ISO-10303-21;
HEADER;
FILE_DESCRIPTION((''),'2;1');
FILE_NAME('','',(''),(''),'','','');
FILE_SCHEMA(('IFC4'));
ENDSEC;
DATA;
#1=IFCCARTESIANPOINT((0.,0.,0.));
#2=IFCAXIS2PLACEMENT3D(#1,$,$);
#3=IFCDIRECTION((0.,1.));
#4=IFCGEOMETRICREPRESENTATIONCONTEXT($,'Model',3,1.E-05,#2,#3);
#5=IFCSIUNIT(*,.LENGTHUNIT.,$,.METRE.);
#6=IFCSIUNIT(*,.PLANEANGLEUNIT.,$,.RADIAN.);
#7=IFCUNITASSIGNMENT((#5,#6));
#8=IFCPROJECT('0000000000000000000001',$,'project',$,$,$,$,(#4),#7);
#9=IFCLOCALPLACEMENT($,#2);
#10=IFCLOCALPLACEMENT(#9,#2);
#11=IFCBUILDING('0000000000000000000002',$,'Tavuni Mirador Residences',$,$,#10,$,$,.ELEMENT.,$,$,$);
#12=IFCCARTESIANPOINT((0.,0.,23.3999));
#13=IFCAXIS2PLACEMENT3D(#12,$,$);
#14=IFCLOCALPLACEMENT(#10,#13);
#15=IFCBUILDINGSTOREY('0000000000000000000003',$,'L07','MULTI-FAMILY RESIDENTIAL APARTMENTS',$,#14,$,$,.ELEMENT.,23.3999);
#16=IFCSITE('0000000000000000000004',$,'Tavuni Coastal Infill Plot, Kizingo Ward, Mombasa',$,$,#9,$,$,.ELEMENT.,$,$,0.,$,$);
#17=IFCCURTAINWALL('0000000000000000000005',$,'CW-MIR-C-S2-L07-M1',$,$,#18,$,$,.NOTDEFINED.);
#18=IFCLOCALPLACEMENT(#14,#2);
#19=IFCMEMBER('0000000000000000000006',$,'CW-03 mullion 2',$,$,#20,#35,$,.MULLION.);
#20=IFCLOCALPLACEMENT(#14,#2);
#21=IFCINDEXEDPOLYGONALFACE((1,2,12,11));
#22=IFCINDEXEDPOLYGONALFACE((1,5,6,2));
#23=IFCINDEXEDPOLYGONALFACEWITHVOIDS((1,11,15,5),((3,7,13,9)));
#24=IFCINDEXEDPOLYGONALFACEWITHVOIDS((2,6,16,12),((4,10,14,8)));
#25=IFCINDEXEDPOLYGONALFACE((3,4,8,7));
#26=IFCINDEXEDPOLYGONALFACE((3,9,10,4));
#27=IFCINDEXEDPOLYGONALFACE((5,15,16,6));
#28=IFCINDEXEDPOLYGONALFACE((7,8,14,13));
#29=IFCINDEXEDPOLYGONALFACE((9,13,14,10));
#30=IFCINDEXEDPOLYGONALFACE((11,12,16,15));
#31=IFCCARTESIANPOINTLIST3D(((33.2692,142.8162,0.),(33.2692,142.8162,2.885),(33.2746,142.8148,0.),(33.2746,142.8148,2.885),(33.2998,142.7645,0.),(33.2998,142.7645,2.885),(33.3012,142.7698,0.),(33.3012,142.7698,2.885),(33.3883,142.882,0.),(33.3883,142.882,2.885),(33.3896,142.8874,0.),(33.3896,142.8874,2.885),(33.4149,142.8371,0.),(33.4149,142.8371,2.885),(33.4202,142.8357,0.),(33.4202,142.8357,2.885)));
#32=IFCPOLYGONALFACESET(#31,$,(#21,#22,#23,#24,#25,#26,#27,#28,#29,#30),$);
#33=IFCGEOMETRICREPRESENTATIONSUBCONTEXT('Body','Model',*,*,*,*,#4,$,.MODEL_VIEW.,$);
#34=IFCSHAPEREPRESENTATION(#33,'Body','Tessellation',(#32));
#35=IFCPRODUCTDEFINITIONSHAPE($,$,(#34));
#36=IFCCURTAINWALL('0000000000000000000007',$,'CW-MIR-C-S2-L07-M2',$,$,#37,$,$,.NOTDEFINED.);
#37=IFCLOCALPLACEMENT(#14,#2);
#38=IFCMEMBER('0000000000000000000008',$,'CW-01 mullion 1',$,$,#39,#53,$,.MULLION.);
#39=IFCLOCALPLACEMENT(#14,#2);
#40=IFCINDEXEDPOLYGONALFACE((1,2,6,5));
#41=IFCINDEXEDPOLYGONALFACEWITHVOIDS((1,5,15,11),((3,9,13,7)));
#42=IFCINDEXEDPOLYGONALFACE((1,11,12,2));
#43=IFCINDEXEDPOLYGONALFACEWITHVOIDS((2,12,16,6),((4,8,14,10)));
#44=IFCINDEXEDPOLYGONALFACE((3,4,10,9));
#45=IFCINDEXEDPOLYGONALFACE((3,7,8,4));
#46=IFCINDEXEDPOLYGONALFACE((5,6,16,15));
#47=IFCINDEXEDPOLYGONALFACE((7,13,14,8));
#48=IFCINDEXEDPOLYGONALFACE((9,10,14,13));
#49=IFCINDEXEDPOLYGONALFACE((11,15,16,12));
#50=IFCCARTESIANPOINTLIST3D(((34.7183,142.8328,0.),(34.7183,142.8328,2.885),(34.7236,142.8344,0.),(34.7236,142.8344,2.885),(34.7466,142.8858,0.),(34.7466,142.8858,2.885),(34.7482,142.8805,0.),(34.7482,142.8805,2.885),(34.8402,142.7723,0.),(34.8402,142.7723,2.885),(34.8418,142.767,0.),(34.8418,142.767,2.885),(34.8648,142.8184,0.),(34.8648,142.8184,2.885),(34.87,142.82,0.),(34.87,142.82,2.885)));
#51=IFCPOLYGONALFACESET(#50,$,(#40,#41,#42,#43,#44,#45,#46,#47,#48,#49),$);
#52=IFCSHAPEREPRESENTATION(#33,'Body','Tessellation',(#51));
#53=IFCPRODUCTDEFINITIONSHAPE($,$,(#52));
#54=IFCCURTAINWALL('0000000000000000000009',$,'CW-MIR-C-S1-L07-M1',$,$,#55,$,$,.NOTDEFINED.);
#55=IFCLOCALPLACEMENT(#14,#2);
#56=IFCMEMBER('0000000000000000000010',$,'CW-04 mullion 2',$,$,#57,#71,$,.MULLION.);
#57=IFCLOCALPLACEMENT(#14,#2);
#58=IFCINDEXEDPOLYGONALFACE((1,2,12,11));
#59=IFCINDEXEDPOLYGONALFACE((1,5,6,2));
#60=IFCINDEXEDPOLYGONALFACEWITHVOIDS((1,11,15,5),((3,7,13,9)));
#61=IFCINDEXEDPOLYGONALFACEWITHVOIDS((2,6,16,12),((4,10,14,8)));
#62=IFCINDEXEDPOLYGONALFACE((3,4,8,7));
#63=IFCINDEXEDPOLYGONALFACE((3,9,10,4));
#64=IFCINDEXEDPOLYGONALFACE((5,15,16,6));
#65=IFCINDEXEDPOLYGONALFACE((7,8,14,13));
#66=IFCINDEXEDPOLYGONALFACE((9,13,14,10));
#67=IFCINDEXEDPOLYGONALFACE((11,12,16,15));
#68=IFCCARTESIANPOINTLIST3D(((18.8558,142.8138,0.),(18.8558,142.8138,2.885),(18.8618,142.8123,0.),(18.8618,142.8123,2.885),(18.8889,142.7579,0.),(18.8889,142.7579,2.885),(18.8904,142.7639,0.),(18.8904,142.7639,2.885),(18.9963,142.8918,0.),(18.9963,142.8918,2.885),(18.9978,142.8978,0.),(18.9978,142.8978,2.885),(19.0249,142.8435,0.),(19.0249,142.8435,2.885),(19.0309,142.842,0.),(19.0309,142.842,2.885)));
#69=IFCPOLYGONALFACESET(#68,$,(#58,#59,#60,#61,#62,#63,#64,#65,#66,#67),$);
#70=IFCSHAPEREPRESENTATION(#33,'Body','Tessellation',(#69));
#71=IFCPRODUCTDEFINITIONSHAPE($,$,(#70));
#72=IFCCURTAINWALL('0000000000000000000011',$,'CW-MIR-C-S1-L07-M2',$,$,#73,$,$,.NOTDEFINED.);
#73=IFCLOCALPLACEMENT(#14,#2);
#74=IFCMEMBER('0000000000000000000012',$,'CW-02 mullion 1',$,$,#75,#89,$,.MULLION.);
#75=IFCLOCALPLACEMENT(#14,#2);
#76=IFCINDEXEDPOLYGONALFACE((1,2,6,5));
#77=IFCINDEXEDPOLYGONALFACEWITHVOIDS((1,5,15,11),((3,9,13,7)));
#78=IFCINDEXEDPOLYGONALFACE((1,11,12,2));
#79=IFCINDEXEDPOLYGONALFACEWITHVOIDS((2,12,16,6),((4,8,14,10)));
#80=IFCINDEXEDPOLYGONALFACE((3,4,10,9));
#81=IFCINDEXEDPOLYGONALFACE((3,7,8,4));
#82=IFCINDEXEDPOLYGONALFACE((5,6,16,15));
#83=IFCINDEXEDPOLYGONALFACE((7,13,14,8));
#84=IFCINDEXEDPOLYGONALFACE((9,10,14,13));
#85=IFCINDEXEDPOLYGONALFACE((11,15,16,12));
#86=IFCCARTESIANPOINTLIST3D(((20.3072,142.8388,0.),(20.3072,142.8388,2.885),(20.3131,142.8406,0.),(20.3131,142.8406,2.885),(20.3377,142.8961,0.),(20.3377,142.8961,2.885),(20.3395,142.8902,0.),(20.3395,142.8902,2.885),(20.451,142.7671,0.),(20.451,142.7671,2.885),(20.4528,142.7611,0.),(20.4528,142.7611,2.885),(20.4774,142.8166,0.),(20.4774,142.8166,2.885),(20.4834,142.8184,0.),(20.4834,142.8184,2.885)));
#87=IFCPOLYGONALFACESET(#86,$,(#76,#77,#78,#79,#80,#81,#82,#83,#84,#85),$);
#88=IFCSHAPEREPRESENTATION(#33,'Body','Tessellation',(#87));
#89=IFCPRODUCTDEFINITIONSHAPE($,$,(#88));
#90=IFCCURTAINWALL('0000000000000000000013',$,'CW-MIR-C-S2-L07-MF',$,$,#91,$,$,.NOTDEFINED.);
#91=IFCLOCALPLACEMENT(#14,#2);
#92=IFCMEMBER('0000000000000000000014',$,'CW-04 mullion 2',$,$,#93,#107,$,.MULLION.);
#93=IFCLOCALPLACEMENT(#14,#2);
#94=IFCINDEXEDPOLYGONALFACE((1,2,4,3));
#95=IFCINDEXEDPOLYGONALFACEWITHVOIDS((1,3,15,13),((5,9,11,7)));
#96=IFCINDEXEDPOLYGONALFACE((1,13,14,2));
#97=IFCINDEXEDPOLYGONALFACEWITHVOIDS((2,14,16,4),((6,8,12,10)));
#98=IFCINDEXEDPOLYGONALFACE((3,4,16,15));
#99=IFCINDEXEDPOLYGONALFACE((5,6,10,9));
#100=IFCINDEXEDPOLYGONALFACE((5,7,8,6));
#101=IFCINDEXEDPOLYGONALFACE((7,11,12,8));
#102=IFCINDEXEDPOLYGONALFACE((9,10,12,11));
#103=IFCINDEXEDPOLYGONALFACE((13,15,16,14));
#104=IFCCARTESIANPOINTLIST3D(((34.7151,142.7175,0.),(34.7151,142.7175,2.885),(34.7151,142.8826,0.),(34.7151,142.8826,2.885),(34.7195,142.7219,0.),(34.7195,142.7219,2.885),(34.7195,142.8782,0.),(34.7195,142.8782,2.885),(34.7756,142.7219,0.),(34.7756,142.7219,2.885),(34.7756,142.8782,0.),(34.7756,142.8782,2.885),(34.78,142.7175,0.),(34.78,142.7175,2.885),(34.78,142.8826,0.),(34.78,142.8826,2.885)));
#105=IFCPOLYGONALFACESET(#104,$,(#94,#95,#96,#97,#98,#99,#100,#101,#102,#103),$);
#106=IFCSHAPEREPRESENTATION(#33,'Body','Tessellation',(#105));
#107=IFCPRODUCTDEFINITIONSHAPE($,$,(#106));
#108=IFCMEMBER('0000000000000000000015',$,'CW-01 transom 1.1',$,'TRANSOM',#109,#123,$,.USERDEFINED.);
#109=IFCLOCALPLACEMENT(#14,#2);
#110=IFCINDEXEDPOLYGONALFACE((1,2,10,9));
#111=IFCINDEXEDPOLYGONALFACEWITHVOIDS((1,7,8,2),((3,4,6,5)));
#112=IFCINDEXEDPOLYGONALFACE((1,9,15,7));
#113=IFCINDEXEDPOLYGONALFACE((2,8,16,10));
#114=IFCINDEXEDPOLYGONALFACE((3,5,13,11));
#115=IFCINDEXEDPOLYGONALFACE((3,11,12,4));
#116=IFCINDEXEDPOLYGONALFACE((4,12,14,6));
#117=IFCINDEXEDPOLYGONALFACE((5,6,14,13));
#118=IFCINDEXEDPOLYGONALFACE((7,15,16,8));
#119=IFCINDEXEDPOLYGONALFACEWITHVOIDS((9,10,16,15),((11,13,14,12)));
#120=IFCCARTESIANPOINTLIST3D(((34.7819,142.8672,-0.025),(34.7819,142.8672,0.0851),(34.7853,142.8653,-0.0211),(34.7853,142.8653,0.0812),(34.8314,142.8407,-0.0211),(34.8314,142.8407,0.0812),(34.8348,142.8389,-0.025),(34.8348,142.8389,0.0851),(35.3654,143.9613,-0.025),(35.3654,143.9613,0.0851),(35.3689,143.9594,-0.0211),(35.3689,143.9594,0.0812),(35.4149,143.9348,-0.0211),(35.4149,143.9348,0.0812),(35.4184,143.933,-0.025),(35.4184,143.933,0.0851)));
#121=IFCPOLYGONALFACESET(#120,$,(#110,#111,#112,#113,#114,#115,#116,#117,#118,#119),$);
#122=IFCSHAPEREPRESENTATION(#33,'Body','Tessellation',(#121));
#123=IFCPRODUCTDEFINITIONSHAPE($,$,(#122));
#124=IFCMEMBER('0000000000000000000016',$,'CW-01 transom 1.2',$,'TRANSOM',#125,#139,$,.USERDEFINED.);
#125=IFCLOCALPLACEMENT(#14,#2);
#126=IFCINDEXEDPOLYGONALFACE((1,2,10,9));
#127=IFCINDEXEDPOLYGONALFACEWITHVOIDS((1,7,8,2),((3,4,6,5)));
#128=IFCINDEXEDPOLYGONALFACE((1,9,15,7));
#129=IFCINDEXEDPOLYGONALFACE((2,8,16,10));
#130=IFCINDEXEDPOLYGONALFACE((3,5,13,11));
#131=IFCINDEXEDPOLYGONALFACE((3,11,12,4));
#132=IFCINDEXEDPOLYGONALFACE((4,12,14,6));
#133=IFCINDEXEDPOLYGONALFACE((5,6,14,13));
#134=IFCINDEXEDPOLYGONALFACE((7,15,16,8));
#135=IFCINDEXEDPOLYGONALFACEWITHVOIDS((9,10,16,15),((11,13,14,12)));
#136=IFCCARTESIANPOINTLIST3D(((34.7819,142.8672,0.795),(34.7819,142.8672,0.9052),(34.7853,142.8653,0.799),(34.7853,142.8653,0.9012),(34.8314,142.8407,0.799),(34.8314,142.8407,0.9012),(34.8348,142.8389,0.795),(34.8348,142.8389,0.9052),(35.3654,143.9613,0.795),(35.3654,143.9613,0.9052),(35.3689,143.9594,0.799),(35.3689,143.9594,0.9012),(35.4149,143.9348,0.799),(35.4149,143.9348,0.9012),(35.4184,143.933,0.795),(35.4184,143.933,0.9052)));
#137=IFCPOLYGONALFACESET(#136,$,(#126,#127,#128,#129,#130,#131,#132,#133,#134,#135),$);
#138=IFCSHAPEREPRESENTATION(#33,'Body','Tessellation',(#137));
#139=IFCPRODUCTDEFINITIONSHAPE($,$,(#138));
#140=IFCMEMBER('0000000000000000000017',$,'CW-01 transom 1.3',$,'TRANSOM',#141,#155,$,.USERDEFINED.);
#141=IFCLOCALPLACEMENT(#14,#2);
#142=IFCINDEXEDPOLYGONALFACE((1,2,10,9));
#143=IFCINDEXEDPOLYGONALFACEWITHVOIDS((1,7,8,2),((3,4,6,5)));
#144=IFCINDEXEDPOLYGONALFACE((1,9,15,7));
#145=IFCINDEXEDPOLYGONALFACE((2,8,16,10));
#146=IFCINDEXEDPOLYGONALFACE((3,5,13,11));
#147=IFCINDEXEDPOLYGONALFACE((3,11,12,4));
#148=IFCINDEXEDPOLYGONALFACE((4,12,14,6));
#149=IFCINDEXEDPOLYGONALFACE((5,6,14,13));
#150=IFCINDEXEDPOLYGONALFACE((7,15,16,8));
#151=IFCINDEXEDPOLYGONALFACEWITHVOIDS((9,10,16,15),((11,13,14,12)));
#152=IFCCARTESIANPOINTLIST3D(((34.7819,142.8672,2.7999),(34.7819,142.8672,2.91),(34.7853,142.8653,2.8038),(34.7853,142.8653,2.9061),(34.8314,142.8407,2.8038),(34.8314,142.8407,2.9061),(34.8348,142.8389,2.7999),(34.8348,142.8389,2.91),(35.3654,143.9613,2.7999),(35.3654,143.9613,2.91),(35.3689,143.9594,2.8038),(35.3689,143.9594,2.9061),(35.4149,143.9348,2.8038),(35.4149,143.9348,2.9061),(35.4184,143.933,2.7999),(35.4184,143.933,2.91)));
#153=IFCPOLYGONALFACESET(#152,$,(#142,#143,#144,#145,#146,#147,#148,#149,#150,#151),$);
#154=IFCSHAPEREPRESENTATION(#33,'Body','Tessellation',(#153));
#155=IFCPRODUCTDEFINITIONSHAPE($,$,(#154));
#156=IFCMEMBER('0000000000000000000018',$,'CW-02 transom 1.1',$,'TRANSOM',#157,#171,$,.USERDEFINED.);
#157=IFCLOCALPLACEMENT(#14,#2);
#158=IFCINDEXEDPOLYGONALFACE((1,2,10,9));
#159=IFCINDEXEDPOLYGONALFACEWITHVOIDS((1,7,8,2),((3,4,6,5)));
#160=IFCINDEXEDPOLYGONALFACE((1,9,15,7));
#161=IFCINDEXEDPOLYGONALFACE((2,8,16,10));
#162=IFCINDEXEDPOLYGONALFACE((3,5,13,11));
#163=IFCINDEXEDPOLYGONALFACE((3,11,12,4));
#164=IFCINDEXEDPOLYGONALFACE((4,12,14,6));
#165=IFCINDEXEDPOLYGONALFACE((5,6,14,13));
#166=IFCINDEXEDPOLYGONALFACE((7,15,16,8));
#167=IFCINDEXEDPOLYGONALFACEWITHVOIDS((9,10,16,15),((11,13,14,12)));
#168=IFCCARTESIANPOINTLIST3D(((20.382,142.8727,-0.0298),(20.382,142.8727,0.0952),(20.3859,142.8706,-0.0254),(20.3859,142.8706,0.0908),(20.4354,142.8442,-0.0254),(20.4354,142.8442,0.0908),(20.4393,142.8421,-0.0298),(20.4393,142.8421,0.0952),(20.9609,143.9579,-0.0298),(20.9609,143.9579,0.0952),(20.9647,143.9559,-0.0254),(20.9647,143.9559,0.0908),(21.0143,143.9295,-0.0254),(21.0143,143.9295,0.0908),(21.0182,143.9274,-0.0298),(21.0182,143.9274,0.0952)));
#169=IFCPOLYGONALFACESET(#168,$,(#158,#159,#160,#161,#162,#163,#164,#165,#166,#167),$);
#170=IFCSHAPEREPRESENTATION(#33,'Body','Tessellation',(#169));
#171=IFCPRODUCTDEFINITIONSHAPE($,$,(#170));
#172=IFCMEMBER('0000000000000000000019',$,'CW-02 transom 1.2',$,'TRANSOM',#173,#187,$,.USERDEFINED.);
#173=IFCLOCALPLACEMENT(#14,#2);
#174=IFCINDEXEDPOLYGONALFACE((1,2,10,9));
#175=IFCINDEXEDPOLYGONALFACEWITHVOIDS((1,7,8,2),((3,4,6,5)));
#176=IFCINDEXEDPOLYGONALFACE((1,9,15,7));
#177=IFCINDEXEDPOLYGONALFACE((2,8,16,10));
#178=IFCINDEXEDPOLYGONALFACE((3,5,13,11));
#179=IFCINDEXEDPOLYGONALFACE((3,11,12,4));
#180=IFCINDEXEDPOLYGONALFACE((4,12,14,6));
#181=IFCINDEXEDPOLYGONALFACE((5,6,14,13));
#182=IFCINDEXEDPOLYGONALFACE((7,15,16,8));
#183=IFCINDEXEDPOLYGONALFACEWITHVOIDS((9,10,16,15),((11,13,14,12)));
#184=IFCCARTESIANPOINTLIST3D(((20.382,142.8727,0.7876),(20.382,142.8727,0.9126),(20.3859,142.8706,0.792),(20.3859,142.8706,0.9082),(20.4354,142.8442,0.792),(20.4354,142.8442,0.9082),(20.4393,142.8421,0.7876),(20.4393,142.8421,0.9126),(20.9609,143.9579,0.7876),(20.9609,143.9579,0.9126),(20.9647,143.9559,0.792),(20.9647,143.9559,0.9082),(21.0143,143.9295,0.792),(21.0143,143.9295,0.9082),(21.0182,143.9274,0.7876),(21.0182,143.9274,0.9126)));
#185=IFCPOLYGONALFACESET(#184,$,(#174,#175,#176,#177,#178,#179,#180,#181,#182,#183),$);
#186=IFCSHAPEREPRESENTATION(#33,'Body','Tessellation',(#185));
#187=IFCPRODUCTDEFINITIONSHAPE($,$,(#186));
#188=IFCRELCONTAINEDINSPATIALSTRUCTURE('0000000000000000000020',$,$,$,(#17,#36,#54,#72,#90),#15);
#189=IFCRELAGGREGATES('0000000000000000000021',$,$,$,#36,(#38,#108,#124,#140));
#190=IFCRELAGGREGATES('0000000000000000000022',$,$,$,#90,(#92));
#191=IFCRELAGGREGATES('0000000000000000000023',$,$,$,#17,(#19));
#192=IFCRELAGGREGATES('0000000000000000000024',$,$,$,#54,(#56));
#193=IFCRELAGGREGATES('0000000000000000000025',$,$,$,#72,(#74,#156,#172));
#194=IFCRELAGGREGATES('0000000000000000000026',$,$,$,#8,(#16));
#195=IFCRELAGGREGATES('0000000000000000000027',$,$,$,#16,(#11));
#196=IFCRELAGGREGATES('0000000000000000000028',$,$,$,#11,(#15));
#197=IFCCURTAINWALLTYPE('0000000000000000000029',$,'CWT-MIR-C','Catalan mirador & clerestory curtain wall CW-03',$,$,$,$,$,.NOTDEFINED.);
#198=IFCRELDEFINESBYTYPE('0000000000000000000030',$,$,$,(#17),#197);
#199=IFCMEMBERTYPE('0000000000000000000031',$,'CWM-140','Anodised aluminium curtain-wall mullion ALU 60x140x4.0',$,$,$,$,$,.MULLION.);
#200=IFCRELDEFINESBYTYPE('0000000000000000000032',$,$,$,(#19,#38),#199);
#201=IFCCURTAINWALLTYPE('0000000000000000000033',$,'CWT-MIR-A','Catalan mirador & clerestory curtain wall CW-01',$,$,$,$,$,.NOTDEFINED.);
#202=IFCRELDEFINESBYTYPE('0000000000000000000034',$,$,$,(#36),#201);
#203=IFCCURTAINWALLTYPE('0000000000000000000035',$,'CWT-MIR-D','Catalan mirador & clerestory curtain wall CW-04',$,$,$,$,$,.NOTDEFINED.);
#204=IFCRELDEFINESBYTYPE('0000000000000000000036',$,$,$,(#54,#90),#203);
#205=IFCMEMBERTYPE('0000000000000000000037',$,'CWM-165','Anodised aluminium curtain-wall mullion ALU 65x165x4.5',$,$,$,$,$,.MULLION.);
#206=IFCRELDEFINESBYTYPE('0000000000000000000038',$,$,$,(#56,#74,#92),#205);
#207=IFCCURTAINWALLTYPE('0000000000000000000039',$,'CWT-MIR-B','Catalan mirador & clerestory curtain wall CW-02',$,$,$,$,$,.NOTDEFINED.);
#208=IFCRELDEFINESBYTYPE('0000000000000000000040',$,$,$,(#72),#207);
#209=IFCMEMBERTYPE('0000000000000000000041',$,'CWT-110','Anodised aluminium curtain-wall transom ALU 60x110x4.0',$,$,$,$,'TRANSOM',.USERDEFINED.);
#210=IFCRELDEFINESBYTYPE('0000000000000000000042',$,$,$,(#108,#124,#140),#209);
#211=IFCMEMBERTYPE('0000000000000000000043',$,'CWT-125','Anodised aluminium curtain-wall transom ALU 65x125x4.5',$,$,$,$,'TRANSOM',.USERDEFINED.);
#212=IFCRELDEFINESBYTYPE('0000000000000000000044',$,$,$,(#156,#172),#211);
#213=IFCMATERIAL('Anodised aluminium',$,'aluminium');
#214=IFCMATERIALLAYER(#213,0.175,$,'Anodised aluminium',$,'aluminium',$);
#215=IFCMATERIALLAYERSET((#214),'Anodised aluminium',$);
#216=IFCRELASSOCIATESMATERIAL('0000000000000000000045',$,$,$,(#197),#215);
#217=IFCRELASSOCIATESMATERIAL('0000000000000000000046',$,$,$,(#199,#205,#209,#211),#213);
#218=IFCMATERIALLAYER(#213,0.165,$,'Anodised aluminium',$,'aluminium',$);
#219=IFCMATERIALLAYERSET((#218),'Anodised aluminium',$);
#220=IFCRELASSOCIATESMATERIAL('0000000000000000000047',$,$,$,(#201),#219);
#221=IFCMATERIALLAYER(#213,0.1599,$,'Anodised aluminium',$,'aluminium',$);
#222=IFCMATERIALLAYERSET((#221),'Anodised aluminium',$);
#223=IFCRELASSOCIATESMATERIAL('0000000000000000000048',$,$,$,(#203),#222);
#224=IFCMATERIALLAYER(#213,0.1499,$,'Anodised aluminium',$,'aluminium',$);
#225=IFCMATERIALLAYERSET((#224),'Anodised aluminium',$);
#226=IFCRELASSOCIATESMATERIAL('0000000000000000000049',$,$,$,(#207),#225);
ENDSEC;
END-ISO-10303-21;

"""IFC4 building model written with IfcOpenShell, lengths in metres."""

from ifc_helpers import new_model, si_unit, direction, frame, origin, origin_2d, place, context, subcontext, project, spatial, hollow_rectangle, extrude, material, layer, layer_set, material_profile, profile_set, type_object, element, aggregate, save


model = new_model("IFC4")

# Units and contexts
model_context = context("Model", 3, precision=1e-05, world=origin(), true_north=direction((0.0, 1.0)))
body_context = subcontext(model_context, "Body", "Model", "MODEL_VIEW")
ifc_project = project(units=[si_unit("LENGTHUNIT", "METRE"), si_unit("PLANEANGLEUNIT", "RADIAN")], contexts=[model_context])

# Site, building, storey
site_placement = place(None, origin())
site = spatial("IfcSite", under=ifc_project, at=site_placement, Name="Tavuni Coastal Infill Plot, Kizingo Ward, Mombasa", CompositionType="ELEMENT", RefElevation=0.0)
building_placement = place(site_placement, origin())
building = spatial("IfcBuilding", under=site, at=building_placement, Name="Tavuni Mirador Residences", CompositionType="ELEMENT")
storey_placement = place(building_placement, frame((0.0, 0.0, 23.3999)))
storey = spatial("IfcBuildingStorey", under=building, at=storey_placement, Name="L07", Description="MULTI-FAMILY RESIDENTIAL APARTMENTS", CompositionType="ELEMENT", Elevation=23.3999)

# Curtain walls, members
ifc_material_1 = material(Name="Anodised aluminium", Category="aluminium")
ifc_layer_1 = layer(ifc_material_1, 0.175, Name="Anodised aluminium", Category="aluminium")
ifc_layer_set_1 = layer_set([ifc_layer_1], Name="Anodised aluminium")
curtain_wall_type_1 = type_object("IfcCurtainWallType", Name="CWT-MIR-C", Description="Catalan mirador & clerestory curtain wall CW-03", PredefinedType="NOTDEFINED", material=ifc_layer_set_1)
curtain_wall_1_placement = place(storey_placement, origin())
curtain_wall_1 = element("IfcCurtainWall", 1, at=curtain_wall_1_placement, inside=storey, type_object=curtain_wall_type_1, Name="CW-MIR-C-S2-L07-M1", PredefinedType="NOTDEFINED")
ifc_material_profile_1 = material_profile(ifc_material_1, hollow_rectangle(XDim=0.0601, YDim=0.1399, WallThickness=0.0039, at=origin_2d()), Name="ALU 60x140x4.0", Category="aluminium")
ifc_profile_set_1 = profile_set([ifc_material_profile_1], Name="Anodised aluminium")
member_type_1 = type_object("IfcMemberType", Name="CWM-140", Description="Anodised aluminium curtain-wall mullion ALU 60x140x4.0", PredefinedType="MULLION", material=ifc_profile_set_1)
member_1_placement = place(storey_placement, frame((33.3447, 142.8259, 0.0), z_axis=(0.0, 0.0, 1.0), x_axis=(0.509212, -0.860641, 0.0)))
member_1 = element("IfcMember", 2, at=member_1_placement, type_object=member_type_1, Name="CW-03 mullion 2", PredefinedType="MULLION", context=body_context, shape_type="SweptSolid", body=[
    extrude(hollow_rectangle(XDim=0.0601, YDim=0.1399, WallThickness=0.0039, at=origin_2d()), origin(), (0.0, 0.0, 1.0), 2.885),
])
ifc_layer_2 = layer(ifc_material_1, 0.165, Name="Anodised aluminium", Category="aluminium")
ifc_layer_set_2 = layer_set([ifc_layer_2], Name="Anodised aluminium")
curtain_wall_type_2 = type_object("IfcCurtainWallType", Name="CWT-MIR-A", Description="Catalan mirador & clerestory curtain wall CW-01", PredefinedType="NOTDEFINED", material=ifc_layer_set_2)
curtain_wall_2_placement = place(storey_placement, origin())
curtain_wall_2 = element("IfcCurtainWall", 3, at=curtain_wall_2_placement, inside=storey, type_object=curtain_wall_type_2, Name="CW-MIR-C-S2-L07-M2", PredefinedType="NOTDEFINED")
member_2_placement = place(storey_placement, frame((34.7942, 142.8264, 0.0), z_axis=(0.0, 0.0, 1.0), x_axis=(0.470588, 0.882353, 0.0)))
member_2 = element("IfcMember", 4, at=member_2_placement, type_object=member_type_1, Name="CW-01 mullion 1", PredefinedType="MULLION", context=body_context, shape_type="SweptSolid", body=[
    extrude(hollow_rectangle(XDim=0.0601, YDim=0.1399, WallThickness=0.0039, at=origin_2d()), origin(), (0.0, 0.0, 1.0), 2.885),
])
ifc_layer_3 = layer(ifc_material_1, 0.1599, Name="Anodised aluminium", Category="aluminium")
ifc_layer_set_3 = layer_set([ifc_layer_3], Name="Anodised aluminium")
curtain_wall_type_3 = type_object("IfcCurtainWallType", Name="CWT-MIR-D", Description="Catalan mirador & clerestory curtain wall CW-04", PredefinedType="NOTDEFINED", material=ifc_layer_set_3)
curtain_wall_3_placement = place(storey_placement, origin())
curtain_wall_3 = element("IfcCurtainWall", 5, at=curtain_wall_3_placement, inside=storey, type_object=curtain_wall_type_3, Name="CW-MIR-C-S1-L07-M1", PredefinedType="NOTDEFINED")
ifc_material_profile_2 = material_profile(ifc_material_1, hollow_rectangle(XDim=0.0649, YDim=0.165, WallThickness=0.0044, at=origin_2d()), Name="ALU 65x165x4.5", Category="aluminium")
ifc_profile_set_2 = profile_set([ifc_material_profile_2], Name="Anodised aluminium")
member_type_2 = type_object("IfcMemberType", Name="CWM-165", Description="Anodised aluminium curtain-wall mullion ALU 65x165x4.5", PredefinedType="MULLION", material=ifc_profile_set_2)
member_3_placement = place(storey_placement, frame((18.9434, 142.8279, 0.0), z_axis=(0.0, 0.0, 1.0), x_axis=(0.509212, -0.860641, 0.0)))
member_3 = element("IfcMember", 6, at=member_3_placement, type_object=member_type_2, Name="CW-04 mullion 2", PredefinedType="MULLION", context=body_context, shape_type="SweptSolid", body=[
    extrude(hollow_rectangle(XDim=0.0649, YDim=0.165, WallThickness=0.0044, at=origin_2d()), origin(), (0.0, 0.0, 1.0), 2.885),
])
ifc_layer_4 = layer(ifc_material_1, 0.1499, Name="Anodised aluminium", Category="aluminium")
ifc_layer_set_4 = layer_set([ifc_layer_4], Name="Anodised aluminium")
curtain_wall_type_4 = type_object("IfcCurtainWallType", Name="CWT-MIR-B", Description="Catalan mirador & clerestory curtain wall CW-02", PredefinedType="NOTDEFINED", material=ifc_layer_set_4)
curtain_wall_4_placement = place(storey_placement, origin())
curtain_wall_4 = element("IfcCurtainWall", 7, at=curtain_wall_4_placement, inside=storey, type_object=curtain_wall_type_4, Name="CW-MIR-C-S1-L07-M2", PredefinedType="NOTDEFINED")
member_4_placement = place(storey_placement, frame((20.3953, 142.8286, 0.0), z_axis=(0.0, 0.0, 1.0), x_axis=(0.470588, 0.882353, 0.0)))
member_4 = element("IfcMember", 8, at=member_4_placement, type_object=member_type_2, Name="CW-02 mullion 1", PredefinedType="MULLION", context=body_context, shape_type="SweptSolid", body=[
    extrude(hollow_rectangle(XDim=0.0649, YDim=0.165, WallThickness=0.0044, at=origin_2d()), origin(), (0.0, 0.0, 1.0), 2.885),
])
curtain_wall_5_placement = place(storey_placement, origin())
curtain_wall_5 = element("IfcCurtainWall", 9, at=curtain_wall_5_placement, inside=storey, type_object=curtain_wall_type_3, Name="CW-MIR-C-S2-L07-MF", PredefinedType="NOTDEFINED")
member_5_placement = place(storey_placement, frame((34.7476, 142.8, 0.0), z_axis=(0.0, 0.0, 1.0), x_axis=(1.0, 0.0, 0.0)))
member_5 = element("IfcMember", 10, at=member_5_placement, type_object=member_type_2, Name="CW-04 mullion 2", PredefinedType="MULLION", context=body_context, shape_type="SweptSolid", body=[
    extrude(hollow_rectangle(XDim=0.0649, YDim=0.165, WallThickness=0.0044, at=origin_2d()), origin(), (0.0, 0.0, 1.0), 2.885),
])

# Members
ifc_material_profile_3 = material_profile(ifc_material_1, hollow_rectangle(XDim=0.0601, YDim=0.1101, WallThickness=0.0039, at=origin_2d()), Name="ALU 60x110x4.0", Category="aluminium")
ifc_profile_set_3 = profile_set([ifc_material_profile_3], Name="Anodised aluminium")
member_type_3 = type_object("IfcMemberType", Name="CWT-110", Description="Anodised aluminium curtain-wall transom ALU 60x110x4.0", ElementType="TRANSOM", PredefinedType="USERDEFINED", material=ifc_profile_set_3)
member_6_placement = place(storey_placement, frame((34.8083, 142.853, 0.03), z_axis=(0.470609, 0.882342, 0.0), x_axis=(-0.882342, 0.470609, 0.0)))
member_6 = element("IfcMember", 11, at=member_6_placement, type_object=member_type_3, Name="CW-01 transom 1.1", ObjectType="TRANSOM", PredefinedType="USERDEFINED", context=body_context, shape_type="SweptSolid", body=[
    extrude(hollow_rectangle(XDim=0.0601, YDim=0.1101, WallThickness=0.0039, at=origin_2d()), origin(), (0.0, 0.0, 1.0), 1.24),
])
member_7_placement = place(storey_placement, frame((34.8083, 142.853, 0.8501), z_axis=(0.470609, 0.882342, 0.0), x_axis=(-0.882342, 0.470609, 0.0)))
member_7 = element("IfcMember", 12, at=member_7_placement, type_object=member_type_3, Name="CW-01 transom 1.2", ObjectType="TRANSOM", PredefinedType="USERDEFINED", context=body_context, shape_type="SweptSolid", body=[
    extrude(hollow_rectangle(XDim=0.0601, YDim=0.1101, WallThickness=0.0039, at=origin_2d()), origin(), (0.0, 0.0, 1.0), 1.24),
])
member_8_placement = place(storey_placement, frame((34.8083, 142.853, 2.855), z_axis=(0.470609, 0.882342, 0.0), x_axis=(-0.882342, 0.470609, 0.0)))
member_8 = element("IfcMember", 13, at=member_8_placement, type_object=member_type_3, Name="CW-01 transom 1.3", ObjectType="TRANSOM", PredefinedType="USERDEFINED", context=body_context, shape_type="SweptSolid", body=[
    extrude(hollow_rectangle(XDim=0.0601, YDim=0.1101, WallThickness=0.0039, at=origin_2d()), origin(), (0.0, 0.0, 1.0), 1.24),
])
aggregate(curtain_wall_2, [member_2, member_6, member_7, member_8])
ifc_material_profile_4 = material_profile(ifc_material_1, hollow_rectangle(XDim=0.0649, YDim=0.125, WallThickness=0.0044, at=origin_2d()), Name="ALU 65x125x4.5", Category="aluminium")
ifc_profile_set_4 = profile_set([ifc_material_profile_4], Name="Anodised aluminium")
member_type_4 = type_object("IfcMemberType", Name="CWT-125", Description="Anodised aluminium curtain-wall transom ALU 65x125x4.5", ElementType="TRANSOM", PredefinedType="USERDEFINED", material=ifc_profile_set_4)
member_9_placement = place(storey_placement, frame((20.4106, 142.8574, 0.0327), z_axis=(0.47064, 0.882325, 0.0), x_axis=(-0.882325, 0.47064, 0.0)))
member_9 = element("IfcMember", 14, at=member_9_placement, type_object=member_type_4, Name="CW-02 transom 1.1", ObjectType="TRANSOM", PredefinedType="USERDEFINED", context=body_context, shape_type="SweptSolid", body=[
    extrude(hollow_rectangle(XDim=0.0649, YDim=0.125, WallThickness=0.0044, at=origin_2d()), origin(), (0.0, 0.0, 1.0), 1.23),
])
member_10_placement = place(storey_placement, frame((20.4106, 142.8574, 0.8501), z_axis=(0.47064, 0.882325, 0.0), x_axis=(-0.882325, 0.47064, 0.0)))
member_10 = element("IfcMember", 15, at=member_10_placement, type_object=member_type_4, Name="CW-02 transom 1.2", ObjectType="TRANSOM", PredefinedType="USERDEFINED", context=body_context, shape_type="SweptSolid", body=[
    extrude(hollow_rectangle(XDim=0.0649, YDim=0.125, WallThickness=0.0044, at=origin_2d()), origin(), (0.0, 0.0, 1.0), 1.23),
])

aggregate(curtain_wall_5, [member_5])
aggregate(curtain_wall_1, [member_1])
aggregate(curtain_wall_3, [member_3])
aggregate(curtain_wall_4, [member_4, member_9, member_10])

save(model, "model.ifc")
